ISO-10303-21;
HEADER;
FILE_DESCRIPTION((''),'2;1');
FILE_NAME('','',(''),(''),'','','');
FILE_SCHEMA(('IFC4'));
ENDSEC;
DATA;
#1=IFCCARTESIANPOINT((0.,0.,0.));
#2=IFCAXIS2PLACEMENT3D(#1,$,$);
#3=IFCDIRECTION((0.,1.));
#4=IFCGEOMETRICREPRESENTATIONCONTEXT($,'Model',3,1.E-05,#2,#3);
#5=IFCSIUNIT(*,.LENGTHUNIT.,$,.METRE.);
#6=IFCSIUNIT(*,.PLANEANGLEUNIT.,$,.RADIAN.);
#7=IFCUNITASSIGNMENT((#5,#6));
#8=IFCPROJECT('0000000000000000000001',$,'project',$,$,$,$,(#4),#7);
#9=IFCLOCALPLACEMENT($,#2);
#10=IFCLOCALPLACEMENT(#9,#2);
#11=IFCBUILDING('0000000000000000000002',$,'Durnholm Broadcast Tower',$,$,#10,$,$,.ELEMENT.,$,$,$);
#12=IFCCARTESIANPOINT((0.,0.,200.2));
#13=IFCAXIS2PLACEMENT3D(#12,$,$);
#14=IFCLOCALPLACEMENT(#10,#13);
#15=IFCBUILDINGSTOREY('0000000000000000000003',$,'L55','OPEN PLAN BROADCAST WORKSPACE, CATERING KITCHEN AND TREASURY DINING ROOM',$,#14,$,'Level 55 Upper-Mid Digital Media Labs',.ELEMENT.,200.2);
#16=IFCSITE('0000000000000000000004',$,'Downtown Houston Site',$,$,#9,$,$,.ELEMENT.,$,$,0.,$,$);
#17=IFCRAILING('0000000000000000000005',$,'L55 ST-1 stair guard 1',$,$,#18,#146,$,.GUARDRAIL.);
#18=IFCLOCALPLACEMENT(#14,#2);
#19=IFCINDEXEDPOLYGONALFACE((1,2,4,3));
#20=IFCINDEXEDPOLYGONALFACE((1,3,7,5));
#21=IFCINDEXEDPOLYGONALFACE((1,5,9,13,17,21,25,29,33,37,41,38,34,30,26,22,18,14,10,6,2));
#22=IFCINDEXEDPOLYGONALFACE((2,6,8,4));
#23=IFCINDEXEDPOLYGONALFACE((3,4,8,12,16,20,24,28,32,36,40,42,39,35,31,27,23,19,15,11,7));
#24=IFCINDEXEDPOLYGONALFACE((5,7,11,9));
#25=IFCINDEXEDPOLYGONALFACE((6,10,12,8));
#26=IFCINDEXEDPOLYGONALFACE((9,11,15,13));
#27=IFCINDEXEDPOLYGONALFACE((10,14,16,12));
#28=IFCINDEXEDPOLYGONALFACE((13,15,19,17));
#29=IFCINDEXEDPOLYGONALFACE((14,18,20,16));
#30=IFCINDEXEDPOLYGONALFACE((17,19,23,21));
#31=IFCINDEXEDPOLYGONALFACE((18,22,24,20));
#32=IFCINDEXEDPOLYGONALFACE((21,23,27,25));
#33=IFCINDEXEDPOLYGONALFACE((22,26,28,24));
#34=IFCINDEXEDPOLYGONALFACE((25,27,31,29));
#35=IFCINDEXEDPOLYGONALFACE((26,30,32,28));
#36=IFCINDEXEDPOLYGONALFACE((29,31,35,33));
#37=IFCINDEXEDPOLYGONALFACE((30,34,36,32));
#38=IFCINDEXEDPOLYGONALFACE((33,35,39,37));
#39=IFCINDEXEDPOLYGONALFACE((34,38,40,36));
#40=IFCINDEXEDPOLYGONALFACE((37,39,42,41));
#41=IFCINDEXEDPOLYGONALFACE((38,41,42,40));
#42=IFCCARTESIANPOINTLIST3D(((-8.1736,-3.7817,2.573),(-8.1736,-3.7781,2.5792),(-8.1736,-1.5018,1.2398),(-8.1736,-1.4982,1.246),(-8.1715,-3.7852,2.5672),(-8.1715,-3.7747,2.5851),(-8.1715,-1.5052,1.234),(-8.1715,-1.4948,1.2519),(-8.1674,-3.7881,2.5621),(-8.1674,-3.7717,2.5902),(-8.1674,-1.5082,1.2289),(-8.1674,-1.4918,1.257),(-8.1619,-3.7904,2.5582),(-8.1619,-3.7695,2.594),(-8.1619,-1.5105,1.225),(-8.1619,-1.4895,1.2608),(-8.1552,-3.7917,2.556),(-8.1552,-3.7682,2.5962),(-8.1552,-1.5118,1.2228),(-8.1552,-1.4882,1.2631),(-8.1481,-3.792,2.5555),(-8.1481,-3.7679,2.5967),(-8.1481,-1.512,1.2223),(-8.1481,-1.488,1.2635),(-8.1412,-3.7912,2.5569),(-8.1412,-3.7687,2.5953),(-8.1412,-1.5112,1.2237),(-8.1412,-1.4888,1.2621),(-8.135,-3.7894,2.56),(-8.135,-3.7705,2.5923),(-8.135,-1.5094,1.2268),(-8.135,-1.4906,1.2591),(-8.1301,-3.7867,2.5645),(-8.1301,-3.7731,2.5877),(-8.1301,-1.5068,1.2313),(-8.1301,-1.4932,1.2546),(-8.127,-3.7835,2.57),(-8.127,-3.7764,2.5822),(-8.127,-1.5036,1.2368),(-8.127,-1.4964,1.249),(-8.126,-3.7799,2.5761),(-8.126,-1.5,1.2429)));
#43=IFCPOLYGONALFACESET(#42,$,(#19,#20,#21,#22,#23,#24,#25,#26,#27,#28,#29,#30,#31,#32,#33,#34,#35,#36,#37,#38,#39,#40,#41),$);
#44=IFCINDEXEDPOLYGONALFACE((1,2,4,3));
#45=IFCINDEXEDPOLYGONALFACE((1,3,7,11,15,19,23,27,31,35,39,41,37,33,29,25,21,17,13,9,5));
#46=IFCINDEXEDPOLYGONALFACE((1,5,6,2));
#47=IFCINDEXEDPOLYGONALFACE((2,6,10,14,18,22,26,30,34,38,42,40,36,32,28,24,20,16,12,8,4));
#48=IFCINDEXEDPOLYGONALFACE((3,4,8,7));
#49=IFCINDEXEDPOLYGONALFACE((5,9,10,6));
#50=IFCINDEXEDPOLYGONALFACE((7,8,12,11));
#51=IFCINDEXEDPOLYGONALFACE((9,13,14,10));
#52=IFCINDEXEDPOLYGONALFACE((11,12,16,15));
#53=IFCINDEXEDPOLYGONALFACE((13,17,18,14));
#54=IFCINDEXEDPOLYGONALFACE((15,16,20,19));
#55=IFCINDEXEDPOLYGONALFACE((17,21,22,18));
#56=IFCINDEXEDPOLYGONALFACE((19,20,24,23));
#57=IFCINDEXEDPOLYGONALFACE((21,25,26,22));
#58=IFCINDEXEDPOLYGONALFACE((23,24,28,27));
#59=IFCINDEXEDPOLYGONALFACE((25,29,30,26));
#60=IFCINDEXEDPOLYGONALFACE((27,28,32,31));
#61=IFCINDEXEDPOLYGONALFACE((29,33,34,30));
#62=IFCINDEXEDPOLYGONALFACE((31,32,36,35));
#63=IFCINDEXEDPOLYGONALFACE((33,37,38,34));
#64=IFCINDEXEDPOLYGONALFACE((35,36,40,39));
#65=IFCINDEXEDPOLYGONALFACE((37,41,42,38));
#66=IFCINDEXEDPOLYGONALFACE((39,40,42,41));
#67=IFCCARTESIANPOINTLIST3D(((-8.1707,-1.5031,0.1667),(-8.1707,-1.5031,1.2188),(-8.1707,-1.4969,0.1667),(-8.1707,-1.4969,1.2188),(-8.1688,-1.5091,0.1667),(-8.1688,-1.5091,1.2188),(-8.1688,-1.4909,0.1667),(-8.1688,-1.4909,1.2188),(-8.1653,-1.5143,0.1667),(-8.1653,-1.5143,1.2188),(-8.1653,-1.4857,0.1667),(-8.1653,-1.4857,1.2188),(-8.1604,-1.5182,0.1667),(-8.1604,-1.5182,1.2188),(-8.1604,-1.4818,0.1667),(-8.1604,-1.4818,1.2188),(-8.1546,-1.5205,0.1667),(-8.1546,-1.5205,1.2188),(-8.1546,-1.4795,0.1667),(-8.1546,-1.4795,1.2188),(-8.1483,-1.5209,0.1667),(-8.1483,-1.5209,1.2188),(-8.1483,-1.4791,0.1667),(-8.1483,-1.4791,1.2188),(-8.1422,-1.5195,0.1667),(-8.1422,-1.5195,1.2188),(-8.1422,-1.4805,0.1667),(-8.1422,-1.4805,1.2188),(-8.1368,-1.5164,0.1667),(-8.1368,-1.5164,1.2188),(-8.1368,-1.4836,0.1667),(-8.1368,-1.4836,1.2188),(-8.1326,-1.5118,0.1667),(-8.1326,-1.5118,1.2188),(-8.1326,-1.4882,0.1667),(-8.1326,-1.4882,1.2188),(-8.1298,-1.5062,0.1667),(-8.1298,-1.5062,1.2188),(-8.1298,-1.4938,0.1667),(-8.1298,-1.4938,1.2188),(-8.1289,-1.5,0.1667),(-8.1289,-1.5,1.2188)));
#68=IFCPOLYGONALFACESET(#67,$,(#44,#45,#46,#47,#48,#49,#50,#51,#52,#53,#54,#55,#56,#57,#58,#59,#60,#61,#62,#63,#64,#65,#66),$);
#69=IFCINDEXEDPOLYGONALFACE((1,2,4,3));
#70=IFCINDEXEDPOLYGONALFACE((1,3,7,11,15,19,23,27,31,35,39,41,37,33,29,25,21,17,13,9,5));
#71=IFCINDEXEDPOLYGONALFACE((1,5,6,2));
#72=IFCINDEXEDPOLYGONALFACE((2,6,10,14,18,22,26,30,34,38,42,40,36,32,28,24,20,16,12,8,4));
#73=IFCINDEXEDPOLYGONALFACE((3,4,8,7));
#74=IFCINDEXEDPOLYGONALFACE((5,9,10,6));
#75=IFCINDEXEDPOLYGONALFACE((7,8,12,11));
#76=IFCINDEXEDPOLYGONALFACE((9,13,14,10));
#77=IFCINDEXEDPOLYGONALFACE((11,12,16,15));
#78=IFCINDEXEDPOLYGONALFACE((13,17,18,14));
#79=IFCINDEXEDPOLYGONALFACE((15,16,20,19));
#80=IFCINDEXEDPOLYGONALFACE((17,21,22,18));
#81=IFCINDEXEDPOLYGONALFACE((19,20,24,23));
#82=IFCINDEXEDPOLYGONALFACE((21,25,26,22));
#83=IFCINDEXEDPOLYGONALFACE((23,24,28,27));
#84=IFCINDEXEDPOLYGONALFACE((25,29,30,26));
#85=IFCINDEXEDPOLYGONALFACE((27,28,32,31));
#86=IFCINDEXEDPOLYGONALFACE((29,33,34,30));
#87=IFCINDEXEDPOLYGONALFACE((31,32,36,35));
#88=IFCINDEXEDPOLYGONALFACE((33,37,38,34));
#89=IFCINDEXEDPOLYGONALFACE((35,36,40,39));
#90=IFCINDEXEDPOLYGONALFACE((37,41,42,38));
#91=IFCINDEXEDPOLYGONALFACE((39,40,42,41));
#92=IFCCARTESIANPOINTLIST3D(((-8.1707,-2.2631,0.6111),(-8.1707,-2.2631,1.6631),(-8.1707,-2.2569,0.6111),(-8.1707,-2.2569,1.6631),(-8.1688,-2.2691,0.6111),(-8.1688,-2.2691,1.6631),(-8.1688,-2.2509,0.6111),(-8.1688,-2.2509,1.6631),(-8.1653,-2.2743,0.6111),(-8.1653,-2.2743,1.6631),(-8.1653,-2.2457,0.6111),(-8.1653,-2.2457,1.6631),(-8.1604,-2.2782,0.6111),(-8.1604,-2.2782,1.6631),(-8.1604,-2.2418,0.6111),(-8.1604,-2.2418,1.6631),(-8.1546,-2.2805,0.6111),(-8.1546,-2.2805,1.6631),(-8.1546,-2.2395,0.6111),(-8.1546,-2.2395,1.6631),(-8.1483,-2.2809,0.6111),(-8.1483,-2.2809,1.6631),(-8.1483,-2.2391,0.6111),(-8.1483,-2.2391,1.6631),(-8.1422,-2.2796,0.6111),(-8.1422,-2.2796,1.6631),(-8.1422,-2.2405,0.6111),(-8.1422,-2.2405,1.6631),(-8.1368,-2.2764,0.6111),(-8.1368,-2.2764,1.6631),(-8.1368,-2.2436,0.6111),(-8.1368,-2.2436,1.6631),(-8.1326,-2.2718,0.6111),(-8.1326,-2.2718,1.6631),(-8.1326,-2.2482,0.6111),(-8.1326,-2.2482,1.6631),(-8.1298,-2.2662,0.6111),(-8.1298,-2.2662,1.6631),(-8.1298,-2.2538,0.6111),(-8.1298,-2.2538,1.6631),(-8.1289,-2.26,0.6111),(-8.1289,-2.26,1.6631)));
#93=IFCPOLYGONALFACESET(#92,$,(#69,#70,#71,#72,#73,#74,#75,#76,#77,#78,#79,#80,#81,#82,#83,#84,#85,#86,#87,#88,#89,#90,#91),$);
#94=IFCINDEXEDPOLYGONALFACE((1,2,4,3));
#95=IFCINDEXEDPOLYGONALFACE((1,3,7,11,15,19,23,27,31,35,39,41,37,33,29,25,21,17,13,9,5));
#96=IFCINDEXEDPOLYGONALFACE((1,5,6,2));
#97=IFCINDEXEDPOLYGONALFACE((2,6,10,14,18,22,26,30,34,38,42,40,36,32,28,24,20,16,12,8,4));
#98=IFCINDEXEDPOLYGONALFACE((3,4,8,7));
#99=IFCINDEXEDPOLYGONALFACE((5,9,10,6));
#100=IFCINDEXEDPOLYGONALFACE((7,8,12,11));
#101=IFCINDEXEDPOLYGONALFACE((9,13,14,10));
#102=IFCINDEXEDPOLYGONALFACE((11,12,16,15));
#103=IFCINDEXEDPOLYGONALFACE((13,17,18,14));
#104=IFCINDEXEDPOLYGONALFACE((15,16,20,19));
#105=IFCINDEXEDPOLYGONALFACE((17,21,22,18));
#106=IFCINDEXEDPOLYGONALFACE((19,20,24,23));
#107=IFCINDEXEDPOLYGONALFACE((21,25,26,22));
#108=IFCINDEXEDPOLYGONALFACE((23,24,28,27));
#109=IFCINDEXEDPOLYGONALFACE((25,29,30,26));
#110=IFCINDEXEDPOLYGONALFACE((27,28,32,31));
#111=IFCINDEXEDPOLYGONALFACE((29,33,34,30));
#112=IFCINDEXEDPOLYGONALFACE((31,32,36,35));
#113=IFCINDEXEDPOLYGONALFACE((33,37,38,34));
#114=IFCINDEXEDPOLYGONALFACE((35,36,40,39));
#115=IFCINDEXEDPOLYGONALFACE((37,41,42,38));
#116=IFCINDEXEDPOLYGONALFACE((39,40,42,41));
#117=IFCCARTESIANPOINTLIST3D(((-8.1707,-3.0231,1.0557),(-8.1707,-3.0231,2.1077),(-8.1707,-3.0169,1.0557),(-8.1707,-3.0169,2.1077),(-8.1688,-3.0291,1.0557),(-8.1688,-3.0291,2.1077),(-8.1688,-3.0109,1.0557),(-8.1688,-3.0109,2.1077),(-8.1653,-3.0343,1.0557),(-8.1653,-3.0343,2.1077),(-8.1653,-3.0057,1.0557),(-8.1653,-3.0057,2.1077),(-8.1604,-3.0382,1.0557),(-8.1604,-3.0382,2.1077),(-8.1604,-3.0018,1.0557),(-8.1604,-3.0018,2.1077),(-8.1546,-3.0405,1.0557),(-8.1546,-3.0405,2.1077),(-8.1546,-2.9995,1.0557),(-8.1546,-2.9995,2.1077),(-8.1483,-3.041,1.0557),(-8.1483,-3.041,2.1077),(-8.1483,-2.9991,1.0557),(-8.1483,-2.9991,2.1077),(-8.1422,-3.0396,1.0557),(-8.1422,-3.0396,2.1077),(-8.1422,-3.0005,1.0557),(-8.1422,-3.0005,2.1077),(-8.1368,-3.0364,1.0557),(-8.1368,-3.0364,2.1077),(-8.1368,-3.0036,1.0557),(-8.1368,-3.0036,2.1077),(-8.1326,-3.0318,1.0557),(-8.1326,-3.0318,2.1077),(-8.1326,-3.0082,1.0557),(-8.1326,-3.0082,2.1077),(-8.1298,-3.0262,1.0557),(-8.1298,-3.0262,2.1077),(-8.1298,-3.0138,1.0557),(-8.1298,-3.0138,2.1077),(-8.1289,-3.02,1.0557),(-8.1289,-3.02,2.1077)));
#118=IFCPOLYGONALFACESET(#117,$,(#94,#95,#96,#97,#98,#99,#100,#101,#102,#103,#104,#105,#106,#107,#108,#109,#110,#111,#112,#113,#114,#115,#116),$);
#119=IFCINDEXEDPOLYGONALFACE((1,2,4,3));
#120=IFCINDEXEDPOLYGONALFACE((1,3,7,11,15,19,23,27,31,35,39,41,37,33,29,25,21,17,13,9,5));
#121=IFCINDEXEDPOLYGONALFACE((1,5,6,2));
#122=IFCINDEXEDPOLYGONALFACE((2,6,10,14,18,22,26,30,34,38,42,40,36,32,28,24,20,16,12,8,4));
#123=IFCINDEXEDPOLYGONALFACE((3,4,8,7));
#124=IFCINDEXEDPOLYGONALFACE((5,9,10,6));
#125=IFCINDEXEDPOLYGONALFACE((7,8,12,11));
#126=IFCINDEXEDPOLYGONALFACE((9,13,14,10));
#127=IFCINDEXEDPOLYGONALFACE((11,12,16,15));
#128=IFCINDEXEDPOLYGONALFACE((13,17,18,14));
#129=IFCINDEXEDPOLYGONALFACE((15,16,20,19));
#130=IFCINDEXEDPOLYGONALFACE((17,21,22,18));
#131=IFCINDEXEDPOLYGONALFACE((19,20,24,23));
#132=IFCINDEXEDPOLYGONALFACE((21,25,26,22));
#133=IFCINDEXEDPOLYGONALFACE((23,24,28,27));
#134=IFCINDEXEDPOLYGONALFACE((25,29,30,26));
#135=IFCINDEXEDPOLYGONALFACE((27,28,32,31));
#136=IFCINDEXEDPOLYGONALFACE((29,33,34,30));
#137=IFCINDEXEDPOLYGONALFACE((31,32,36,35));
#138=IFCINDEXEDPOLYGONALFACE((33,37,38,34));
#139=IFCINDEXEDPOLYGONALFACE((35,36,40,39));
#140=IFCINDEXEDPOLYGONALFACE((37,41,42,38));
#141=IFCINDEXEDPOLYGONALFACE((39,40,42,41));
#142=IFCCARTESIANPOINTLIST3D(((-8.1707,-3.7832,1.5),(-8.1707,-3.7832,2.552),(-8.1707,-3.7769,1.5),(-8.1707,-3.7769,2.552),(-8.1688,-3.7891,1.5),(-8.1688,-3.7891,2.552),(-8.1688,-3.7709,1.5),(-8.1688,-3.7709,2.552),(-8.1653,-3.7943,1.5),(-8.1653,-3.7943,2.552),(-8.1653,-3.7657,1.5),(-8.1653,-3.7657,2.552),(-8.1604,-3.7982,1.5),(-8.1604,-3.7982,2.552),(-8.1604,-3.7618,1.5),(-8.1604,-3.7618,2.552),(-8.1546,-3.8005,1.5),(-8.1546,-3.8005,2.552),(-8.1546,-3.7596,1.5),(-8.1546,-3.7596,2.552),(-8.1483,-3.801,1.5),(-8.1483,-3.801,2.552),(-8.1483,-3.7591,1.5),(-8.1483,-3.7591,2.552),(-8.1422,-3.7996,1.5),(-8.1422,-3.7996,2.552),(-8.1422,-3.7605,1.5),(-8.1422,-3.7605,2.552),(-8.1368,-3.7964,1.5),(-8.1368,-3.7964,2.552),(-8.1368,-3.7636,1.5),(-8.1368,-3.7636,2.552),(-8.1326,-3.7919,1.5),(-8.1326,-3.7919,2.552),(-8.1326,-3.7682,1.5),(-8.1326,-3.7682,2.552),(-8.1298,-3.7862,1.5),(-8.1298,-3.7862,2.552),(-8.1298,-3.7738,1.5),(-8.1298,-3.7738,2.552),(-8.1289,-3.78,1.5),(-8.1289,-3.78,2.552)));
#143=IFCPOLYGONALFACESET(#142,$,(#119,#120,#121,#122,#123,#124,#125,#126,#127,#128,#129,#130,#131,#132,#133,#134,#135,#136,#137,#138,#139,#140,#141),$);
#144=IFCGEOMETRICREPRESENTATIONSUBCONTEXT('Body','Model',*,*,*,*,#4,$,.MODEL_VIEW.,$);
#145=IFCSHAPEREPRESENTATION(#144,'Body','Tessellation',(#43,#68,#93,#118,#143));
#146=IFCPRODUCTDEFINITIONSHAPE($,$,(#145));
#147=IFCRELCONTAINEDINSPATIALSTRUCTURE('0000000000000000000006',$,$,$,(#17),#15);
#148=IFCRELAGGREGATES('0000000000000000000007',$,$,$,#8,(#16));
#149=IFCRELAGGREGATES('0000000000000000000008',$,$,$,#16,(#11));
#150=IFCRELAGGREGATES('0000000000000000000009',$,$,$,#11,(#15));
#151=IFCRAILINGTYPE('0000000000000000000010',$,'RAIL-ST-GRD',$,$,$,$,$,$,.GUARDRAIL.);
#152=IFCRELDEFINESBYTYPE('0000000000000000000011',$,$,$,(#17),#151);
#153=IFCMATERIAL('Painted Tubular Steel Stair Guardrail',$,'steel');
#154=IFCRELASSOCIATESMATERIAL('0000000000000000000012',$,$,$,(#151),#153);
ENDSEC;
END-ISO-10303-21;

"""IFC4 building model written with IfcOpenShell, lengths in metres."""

from ifc_helpers import new_model, si_unit, direction, frame, origin, origin_2d, place, context, subcontext, project, spatial, circle, extrude, material, type_object, element, save


model = new_model("IFC4")

# Units and contexts
model_context = context("Model", 3, precision=1e-05, world=origin(), true_north=direction((0.0, 1.0)))
body_context = subcontext(model_context, "Body", "Model", "MODEL_VIEW")
ifc_project = project(units=[si_unit("LENGTHUNIT", "METRE"), si_unit("PLANEANGLEUNIT", "RADIAN")], contexts=[model_context])

# Site, building, storey
site_placement = place(None, origin())
site = spatial("IfcSite", under=ifc_project, at=site_placement, Name="Downtown Houston Site", CompositionType="ELEMENT", RefElevation=0.0)
building_placement = place(site_placement, origin())
building = spatial("IfcBuilding", under=site, at=building_placement, Name="Durnholm Broadcast Tower", CompositionType="ELEMENT")
storey_placement = place(building_placement, frame((0.0, 0.0, 200.2)))
storey = spatial("IfcBuildingStorey", under=building, at=storey_placement, Name="L55", Description="OPEN PLAN BROADCAST WORKSPACE, CATERING KITCHEN AND TREASURY DINING ROOM", LongName="Level 55 Upper-Mid Digital Media Labs", CompositionType="ELEMENT", Elevation=200.2)

# Railing
ifc_material_1 = material(Name="Painted Tubular Steel Stair Guardrail", Category="steel")
railing_type_1 = type_object("IfcRailingType", Name="RAIL-ST-GRD", PredefinedType="GUARDRAIL", material=ifc_material_1)
railing_1_placement = place(storey_placement, frame((-8.1499, -1.5, 0.1667)))
element("IfcRailing", 1, at=railing_1_placement, inside=storey, type_object=railing_type_1, Name="L55 ST-1 stair guard 1", PredefinedType="GUARDRAIL", context=body_context, shape_type="SweptSolid", body=[
    extrude(circle(Radius=0.0239, at=origin_2d()), frame((0.0, 0.0, 1.0762), z_axis=(0.0, -0.863245, 0.504785), x_axis=(1.0, 0.0, 0.0)), (0.0, 0.0, 1.0), 2.6411),
    extrude(circle(Radius=0.021, at=origin_2d()), origin(), (0.0, 0.0, 1.0), 1.052),
    extrude(circle(Radius=0.021, at=origin_2d()), frame((0.0, -0.76, 0.4443)), (0.0, 0.0, 1.0), 1.052),
    extrude(circle(Radius=0.021, at=origin_2d()), frame((0.0, -1.52, 0.8889)), (0.0, 0.0, 1.0), 1.052),
    extrude(circle(Radius=0.021, at=origin_2d()), frame((0.0, -2.28, 1.3333)), (0.0, 0.0, 1.0), 1.052),
])

save(model, "model.ifc")
